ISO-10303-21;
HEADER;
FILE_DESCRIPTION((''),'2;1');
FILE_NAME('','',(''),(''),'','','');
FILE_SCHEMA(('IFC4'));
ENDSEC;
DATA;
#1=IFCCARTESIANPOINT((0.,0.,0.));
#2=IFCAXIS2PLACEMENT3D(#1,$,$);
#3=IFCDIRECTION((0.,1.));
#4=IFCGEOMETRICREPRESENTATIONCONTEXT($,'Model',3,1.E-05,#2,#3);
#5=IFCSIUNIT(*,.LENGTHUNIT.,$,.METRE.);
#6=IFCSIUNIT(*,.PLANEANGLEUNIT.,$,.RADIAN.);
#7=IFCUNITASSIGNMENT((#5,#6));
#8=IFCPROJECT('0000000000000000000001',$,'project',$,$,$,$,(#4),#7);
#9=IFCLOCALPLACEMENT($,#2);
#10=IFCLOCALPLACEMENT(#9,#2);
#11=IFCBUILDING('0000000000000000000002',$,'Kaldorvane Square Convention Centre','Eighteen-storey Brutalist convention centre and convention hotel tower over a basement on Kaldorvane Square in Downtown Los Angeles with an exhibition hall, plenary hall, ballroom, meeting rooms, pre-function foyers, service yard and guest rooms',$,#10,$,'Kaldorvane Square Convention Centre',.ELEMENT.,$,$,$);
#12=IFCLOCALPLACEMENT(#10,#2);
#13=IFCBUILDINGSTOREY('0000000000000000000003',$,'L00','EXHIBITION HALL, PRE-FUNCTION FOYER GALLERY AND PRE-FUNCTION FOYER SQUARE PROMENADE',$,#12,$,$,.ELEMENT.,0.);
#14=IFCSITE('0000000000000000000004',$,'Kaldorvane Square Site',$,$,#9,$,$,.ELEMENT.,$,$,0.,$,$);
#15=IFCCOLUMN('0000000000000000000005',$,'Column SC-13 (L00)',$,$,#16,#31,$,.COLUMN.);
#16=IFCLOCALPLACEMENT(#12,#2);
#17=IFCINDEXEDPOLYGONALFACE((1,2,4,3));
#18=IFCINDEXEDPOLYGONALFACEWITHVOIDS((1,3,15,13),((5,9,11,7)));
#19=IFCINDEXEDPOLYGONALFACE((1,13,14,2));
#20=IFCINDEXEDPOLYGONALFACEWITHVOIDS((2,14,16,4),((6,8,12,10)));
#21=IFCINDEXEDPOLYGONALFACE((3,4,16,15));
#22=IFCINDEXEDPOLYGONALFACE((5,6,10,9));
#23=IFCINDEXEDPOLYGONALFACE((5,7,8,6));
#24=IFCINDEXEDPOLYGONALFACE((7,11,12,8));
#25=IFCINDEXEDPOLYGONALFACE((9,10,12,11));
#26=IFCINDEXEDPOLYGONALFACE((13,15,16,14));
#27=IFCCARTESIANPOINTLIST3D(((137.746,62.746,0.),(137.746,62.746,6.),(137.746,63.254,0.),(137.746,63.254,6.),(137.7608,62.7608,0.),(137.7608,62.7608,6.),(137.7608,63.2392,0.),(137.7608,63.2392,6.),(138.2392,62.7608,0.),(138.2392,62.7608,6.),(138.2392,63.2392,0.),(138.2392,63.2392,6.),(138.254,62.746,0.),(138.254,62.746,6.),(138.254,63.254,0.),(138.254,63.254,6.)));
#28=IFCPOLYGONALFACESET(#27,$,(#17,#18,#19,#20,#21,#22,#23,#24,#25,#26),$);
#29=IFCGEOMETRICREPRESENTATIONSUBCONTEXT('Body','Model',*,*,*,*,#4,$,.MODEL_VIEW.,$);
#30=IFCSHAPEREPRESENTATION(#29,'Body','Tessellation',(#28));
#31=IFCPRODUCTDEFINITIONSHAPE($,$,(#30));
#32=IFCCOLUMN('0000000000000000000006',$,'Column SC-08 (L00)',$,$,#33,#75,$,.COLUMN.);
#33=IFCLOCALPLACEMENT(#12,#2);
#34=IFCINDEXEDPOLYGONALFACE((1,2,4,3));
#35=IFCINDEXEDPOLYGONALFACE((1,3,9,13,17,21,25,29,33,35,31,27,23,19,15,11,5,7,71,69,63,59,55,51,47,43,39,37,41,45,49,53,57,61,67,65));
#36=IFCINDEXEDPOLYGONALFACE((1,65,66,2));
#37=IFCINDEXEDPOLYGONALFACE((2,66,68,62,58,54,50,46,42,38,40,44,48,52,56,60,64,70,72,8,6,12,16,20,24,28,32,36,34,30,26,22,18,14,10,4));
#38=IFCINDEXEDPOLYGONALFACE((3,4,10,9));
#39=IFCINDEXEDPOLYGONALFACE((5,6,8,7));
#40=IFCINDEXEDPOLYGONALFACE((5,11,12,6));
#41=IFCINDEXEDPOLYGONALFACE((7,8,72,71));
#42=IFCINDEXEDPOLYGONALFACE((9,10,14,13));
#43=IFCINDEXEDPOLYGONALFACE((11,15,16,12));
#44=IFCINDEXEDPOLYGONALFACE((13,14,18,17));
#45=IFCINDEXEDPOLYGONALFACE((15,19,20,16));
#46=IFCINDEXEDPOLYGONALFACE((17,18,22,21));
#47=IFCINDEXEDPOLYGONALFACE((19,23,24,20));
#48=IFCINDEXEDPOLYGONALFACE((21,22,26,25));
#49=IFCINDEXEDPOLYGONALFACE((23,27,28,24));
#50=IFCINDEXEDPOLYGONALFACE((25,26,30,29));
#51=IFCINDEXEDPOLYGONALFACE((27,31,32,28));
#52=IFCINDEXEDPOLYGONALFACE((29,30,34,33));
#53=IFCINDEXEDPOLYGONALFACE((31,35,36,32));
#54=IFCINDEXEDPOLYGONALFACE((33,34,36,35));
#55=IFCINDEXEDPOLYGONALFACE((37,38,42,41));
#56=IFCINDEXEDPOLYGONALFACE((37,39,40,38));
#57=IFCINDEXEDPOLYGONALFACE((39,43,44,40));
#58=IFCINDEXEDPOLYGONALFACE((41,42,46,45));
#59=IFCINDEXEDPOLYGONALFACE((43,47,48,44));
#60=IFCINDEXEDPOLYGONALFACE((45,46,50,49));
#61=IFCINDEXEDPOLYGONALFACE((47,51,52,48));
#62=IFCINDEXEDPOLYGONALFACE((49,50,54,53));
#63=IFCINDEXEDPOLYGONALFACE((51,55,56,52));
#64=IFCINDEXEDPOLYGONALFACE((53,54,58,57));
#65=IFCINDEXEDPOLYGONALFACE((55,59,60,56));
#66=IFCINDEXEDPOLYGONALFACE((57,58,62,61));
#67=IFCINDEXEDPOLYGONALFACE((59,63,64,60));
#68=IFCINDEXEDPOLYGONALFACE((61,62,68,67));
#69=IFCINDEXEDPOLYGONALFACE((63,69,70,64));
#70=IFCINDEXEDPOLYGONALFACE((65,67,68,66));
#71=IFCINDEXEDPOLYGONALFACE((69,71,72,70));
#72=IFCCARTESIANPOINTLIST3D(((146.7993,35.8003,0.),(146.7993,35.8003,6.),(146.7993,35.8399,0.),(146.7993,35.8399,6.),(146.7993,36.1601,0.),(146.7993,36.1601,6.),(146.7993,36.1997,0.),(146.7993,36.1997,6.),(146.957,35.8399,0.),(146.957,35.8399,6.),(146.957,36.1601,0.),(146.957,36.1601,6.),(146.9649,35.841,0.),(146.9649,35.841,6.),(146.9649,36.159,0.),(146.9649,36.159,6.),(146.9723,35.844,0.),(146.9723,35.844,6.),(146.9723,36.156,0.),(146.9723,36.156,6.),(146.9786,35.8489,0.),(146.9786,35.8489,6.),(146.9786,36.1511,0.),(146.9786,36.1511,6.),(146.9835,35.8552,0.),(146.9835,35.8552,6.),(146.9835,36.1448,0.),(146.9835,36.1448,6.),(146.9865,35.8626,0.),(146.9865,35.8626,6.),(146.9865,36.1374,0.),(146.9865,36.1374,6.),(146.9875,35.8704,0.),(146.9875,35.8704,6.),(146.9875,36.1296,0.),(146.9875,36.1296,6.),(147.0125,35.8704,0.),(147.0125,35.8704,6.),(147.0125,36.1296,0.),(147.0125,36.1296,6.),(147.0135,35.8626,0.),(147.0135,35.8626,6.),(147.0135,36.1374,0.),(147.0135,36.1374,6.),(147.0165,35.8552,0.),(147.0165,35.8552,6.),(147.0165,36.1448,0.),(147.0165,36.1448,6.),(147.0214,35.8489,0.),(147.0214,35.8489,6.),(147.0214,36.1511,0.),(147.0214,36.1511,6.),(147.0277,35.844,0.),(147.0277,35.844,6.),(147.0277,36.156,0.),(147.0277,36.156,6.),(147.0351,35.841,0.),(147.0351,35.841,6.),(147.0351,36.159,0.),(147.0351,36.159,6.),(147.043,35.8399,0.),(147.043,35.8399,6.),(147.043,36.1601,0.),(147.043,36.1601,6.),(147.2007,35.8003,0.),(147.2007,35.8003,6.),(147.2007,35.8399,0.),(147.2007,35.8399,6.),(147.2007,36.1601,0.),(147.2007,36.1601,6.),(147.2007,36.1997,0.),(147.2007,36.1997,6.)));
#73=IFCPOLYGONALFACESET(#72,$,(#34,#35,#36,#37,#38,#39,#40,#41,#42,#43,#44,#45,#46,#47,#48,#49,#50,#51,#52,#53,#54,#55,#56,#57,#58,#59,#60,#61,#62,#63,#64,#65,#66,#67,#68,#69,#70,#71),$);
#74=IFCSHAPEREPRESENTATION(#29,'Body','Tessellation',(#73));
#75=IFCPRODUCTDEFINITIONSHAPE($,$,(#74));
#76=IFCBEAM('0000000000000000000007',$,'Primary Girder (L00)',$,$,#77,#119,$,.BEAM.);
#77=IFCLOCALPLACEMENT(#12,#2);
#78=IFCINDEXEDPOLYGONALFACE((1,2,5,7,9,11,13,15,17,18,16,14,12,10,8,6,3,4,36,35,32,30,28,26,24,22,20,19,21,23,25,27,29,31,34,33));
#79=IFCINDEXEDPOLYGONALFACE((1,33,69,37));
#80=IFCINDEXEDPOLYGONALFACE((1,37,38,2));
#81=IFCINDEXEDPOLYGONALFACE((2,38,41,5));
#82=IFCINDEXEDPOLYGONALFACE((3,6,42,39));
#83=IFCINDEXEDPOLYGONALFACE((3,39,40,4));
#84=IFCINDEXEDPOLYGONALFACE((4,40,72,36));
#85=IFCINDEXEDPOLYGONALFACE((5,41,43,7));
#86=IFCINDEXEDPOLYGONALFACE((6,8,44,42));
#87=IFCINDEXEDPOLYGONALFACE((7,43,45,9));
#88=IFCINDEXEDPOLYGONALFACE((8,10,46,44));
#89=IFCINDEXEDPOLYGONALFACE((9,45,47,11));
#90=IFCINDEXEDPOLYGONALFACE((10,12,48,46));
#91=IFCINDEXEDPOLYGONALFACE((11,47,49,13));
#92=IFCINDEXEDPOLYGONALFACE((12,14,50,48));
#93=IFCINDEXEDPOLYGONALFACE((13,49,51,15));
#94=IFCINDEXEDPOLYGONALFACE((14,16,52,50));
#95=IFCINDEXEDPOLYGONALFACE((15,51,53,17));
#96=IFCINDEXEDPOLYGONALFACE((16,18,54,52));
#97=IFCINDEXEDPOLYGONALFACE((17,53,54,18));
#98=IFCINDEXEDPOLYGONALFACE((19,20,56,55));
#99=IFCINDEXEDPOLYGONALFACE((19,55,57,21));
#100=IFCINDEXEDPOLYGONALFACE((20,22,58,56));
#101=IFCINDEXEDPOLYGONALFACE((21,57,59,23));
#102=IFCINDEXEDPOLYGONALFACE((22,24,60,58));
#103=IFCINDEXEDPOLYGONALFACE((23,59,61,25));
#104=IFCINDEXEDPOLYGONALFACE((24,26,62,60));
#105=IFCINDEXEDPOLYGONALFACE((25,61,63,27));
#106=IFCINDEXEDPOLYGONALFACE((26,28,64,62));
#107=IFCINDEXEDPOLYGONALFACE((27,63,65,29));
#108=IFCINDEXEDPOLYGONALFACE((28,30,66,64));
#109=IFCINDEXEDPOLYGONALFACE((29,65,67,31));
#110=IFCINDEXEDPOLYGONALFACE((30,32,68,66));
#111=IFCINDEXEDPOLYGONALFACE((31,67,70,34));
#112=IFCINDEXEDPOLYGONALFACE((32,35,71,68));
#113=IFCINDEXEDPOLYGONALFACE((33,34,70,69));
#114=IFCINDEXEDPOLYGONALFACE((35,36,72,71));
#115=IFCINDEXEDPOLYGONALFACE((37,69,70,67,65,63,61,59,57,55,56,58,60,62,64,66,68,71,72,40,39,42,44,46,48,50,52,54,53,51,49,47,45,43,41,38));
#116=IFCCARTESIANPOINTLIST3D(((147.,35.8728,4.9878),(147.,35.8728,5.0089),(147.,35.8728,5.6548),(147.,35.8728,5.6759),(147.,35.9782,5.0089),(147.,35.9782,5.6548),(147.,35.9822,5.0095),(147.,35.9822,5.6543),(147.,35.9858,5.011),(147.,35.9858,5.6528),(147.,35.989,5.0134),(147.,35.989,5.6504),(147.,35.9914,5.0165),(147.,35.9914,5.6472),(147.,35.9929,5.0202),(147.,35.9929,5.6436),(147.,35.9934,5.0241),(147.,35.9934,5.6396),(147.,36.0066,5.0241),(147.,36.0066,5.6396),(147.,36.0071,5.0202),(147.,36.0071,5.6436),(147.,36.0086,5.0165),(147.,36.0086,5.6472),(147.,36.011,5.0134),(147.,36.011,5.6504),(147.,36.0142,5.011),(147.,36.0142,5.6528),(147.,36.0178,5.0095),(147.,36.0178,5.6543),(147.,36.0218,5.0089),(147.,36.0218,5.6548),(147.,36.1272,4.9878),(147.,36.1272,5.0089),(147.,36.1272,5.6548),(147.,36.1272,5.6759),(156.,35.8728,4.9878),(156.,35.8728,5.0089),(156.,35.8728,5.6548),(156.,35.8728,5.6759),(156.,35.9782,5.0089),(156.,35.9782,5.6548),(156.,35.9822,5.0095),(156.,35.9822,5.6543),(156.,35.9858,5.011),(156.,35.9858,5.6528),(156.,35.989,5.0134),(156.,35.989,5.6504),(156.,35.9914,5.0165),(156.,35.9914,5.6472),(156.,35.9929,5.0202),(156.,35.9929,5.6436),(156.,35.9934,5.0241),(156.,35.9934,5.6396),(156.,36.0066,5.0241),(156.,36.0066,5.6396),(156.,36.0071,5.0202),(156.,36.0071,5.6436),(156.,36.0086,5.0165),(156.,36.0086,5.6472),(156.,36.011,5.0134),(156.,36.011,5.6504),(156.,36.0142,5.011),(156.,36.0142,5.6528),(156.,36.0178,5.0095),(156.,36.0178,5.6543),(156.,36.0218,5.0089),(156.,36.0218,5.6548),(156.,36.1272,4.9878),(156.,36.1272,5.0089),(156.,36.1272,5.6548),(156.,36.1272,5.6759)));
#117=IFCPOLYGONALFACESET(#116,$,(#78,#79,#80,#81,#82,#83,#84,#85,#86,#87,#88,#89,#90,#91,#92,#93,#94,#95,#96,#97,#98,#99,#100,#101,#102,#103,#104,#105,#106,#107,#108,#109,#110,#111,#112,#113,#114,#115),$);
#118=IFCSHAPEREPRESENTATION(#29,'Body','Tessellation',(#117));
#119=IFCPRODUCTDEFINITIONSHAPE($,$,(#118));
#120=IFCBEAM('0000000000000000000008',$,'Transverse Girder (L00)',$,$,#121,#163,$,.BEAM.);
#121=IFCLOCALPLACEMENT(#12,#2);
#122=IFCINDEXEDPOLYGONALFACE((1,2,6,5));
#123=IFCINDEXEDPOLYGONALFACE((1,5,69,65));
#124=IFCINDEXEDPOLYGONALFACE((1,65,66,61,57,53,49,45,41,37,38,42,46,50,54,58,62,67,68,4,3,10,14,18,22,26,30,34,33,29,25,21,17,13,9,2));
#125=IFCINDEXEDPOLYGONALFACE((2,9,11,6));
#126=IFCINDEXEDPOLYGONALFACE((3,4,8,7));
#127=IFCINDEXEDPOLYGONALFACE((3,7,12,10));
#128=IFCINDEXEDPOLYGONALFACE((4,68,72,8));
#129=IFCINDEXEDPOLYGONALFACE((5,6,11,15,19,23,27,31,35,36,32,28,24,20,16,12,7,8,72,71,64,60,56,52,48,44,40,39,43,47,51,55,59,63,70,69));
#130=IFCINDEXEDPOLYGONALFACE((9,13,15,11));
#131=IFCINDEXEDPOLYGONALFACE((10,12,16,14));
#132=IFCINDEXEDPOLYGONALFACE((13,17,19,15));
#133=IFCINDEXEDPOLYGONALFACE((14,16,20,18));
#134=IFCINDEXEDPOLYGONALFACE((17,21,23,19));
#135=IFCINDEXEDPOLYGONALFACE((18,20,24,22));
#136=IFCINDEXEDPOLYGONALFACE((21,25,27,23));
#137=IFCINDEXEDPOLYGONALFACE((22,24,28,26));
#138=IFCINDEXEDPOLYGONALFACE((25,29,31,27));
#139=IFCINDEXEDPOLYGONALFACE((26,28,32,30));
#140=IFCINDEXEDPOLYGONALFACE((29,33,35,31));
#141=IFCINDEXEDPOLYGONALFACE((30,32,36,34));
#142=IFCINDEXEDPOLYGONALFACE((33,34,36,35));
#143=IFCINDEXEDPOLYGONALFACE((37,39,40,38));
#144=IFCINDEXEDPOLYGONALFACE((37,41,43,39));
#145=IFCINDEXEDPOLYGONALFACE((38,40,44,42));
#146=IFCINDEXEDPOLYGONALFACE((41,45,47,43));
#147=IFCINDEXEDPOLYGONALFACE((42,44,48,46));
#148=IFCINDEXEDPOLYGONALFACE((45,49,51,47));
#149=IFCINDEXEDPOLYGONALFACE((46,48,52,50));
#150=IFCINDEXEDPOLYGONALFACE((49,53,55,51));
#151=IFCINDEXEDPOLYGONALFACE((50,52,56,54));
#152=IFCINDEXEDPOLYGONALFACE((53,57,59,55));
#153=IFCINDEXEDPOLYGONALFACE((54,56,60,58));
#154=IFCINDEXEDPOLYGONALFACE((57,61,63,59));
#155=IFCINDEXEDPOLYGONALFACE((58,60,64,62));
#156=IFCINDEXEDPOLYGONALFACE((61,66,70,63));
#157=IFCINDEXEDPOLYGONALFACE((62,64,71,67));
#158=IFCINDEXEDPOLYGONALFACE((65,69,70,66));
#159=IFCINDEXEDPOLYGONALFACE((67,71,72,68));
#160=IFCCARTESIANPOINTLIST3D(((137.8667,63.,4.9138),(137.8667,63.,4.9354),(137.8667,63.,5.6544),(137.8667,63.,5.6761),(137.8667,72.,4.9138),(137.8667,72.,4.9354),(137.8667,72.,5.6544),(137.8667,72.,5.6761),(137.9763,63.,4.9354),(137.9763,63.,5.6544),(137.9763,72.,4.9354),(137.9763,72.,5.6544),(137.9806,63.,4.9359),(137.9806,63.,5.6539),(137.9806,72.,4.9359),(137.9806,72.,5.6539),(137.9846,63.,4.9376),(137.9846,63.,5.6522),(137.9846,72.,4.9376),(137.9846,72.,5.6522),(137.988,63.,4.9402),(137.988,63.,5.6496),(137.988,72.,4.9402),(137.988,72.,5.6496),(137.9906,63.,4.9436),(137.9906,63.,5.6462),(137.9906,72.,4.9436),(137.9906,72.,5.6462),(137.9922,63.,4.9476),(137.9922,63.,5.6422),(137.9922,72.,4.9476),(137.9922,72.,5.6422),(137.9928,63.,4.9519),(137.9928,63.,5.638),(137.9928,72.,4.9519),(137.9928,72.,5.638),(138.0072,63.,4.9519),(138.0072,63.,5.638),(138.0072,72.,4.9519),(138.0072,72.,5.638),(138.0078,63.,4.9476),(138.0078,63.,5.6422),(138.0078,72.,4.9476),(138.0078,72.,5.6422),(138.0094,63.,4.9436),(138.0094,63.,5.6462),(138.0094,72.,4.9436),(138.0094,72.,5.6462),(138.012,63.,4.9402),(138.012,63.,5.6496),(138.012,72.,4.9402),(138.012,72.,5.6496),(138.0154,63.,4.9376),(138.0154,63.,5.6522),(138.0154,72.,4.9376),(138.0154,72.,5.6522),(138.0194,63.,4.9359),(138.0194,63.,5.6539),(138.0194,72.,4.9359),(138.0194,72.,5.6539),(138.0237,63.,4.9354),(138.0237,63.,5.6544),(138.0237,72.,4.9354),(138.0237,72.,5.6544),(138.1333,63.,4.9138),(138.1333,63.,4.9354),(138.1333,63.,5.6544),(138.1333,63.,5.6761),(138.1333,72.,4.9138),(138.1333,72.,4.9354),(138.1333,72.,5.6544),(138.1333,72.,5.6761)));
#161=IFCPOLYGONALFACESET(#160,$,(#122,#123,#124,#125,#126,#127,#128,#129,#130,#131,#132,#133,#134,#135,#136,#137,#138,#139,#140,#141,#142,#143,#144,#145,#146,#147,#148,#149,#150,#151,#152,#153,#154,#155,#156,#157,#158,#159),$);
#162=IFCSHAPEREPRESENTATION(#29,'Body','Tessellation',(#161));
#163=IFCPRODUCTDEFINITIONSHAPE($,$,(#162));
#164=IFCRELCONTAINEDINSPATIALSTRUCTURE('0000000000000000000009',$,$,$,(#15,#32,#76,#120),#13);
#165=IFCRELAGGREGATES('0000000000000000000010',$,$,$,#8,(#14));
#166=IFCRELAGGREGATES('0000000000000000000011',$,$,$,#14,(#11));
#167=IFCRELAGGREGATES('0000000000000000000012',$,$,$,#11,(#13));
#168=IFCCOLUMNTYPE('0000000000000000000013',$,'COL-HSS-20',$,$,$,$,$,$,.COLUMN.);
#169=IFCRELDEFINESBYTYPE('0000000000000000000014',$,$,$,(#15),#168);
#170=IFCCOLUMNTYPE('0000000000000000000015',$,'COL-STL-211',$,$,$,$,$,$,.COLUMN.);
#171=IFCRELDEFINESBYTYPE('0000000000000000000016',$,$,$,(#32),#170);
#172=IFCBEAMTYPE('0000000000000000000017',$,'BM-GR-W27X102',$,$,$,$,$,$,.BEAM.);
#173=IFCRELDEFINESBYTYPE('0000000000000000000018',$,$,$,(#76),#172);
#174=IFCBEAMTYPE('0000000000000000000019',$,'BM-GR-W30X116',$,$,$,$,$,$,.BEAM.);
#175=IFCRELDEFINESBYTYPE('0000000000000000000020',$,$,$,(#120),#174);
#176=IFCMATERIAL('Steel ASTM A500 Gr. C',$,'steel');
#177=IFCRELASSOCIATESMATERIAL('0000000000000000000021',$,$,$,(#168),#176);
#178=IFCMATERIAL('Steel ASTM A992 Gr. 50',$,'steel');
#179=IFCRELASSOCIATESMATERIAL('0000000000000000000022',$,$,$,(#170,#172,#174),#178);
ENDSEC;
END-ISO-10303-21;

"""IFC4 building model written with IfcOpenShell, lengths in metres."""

from ifc_helpers import new_model, si_unit, direction, frame, origin, origin_2d, place, context, subcontext, project, spatial, hollow_rectangle, i_section, extrude, material, material_profile, profile_set, type_object, element, save


model = new_model("IFC4")

# Units and contexts
model_context = context("Model", 3, precision=1e-05, world=origin(), true_north=direction((0.0, 1.0)))
body_context = subcontext(model_context, "Body", "Model", "MODEL_VIEW")
ifc_project = project(units=[si_unit("LENGTHUNIT", "METRE"), si_unit("PLANEANGLEUNIT", "RADIAN")], contexts=[model_context])

# Site, building, storey
site_placement = place(None, origin())
site = spatial("IfcSite", under=ifc_project, at=site_placement, Name="Kaldorvane Square Site", CompositionType="ELEMENT", RefElevation=0.0)
building_placement = place(site_placement, origin())
building = spatial("IfcBuilding", under=site, at=building_placement, Name="Kaldorvane Square Convention Centre", Description="Eighteen-storey Brutalist convention centre and convention hotel tower over a basement on Kaldorvane Square in Downtown Los Angeles with an exhibition hall, plenary hall, ballroom, meeting rooms, pre-function foyers, service yard and guest rooms", LongName="Kaldorvane Square Convention Centre", CompositionType="ELEMENT")
storey_placement = place(building_placement, origin())
storey = spatial("IfcBuildingStorey", under=building, at=storey_placement, Name="L00", Description="EXHIBITION HALL, PRE-FUNCTION FOYER GALLERY AND PRE-FUNCTION FOYER SQUARE PROMENADE", CompositionType="ELEMENT", Elevation=0.0)

# Columns
ifc_material_1 = material(Name="Steel ASTM A500 Gr. C", Category="steel")
ifc_material_profile_1 = material_profile(ifc_material_1, hollow_rectangle(XDim=0.508, YDim=0.508, WallThickness=0.0148, at=origin_2d()), Name="HSS20X20X5/8")
ifc_profile_set_1 = profile_set([ifc_material_profile_1], Name="Steel ASTM A500 Gr. C")
column_type_1 = type_object("IfcColumnType", Name="COL-HSS-20", PredefinedType="COLUMN", material=ifc_profile_set_1)
column_1_placement = place(storey_placement, frame((138.0, 63.0, 0.0), z_axis=(0.0, 0.0, 1.0), x_axis=(1.0, 0.0, 0.0)))
element("IfcColumn", 1, at=column_1_placement, inside=storey, type_object=column_type_1, Name="Column SC-13 (L00)", PredefinedType="COLUMN", context=body_context, shape_type="SweptSolid", body=[
    extrude(hollow_rectangle(XDim=0.508, YDim=0.508, WallThickness=0.0148, at=origin_2d()), origin(), (0.0, 0.0, 1.0), 6.0),
])
ifc_material_2 = material(Name="Steel ASTM A992 Gr. 50", Category="steel")
ifc_material_profile_2 = material_profile(ifc_material_2, i_section(OverallWidth=0.4013, OverallDepth=0.3993, WebThickness=0.0249, FlangeThickness=0.0396, FilletRadius=0.0305, at=origin_2d()), Name="W14X211")
ifc_profile_set_2 = profile_set([ifc_material_profile_2], Name="Steel ASTM A992 Gr. 50")
column_type_2 = type_object("IfcColumnType", Name="COL-STL-211", PredefinedType="COLUMN", material=ifc_profile_set_2)
column_2_placement = place(storey_placement, frame((147.0, 36.0, 0.0), z_axis=(0.0, 0.0, 1.0), x_axis=(1.0, 0.0, 0.0)))
element("IfcColumn", 2, at=column_2_placement, inside=storey, type_object=column_type_2, Name="Column SC-08 (L00)", PredefinedType="COLUMN", context=body_context, shape_type="SweptSolid", body=[
    extrude(i_section(OverallWidth=0.4013, OverallDepth=0.3993, WebThickness=0.0249, FlangeThickness=0.0396, FilletRadius=0.0305, at=origin_2d()), origin(), (0.0, 0.0, 1.0), 6.0),
])

# Beams
ifc_material_profile_3 = material_profile(ifc_material_2, i_section(OverallWidth=0.2544, OverallDepth=0.6881, WebThickness=0.0131, FlangeThickness=0.0211, FilletRadius=0.0152, at=origin_2d()), Name="W27X102")
ifc_profile_set_3 = profile_set([ifc_material_profile_3], Name="Steel ASTM A992 Gr. 50")
beam_type_1 = type_object("IfcBeamType", Name="BM-GR-W27X102", PredefinedType="BEAM", material=ifc_profile_set_3)
beam_1_placement = place(storey_placement, frame((147.0, 36.0, 5.3319), z_axis=(1.0, 0.0, 0.0), x_axis=(0.0, 1.0, 0.0)))
element("IfcBeam", 3, at=beam_1_placement, inside=storey, type_object=beam_type_1, Name="Primary Girder (L00)", PredefinedType="BEAM", context=body_context, shape_type="SweptSolid", body=[
    extrude(i_section(OverallWidth=0.2544, OverallDepth=0.6881, WebThickness=0.0131, FlangeThickness=0.0211, FilletRadius=0.0152, at=origin_2d()), origin(), (0.0, 0.0, 1.0), 9.0),
])
ifc_material_profile_4 = material_profile(ifc_material_2, i_section(OverallWidth=0.2666, OverallDepth=0.7623, WebThickness=0.0144, FlangeThickness=0.0216, FilletRadius=0.0165, at=origin_2d()), Name="W30X116")
ifc_profile_set_4 = profile_set([ifc_material_profile_4], Name="Steel ASTM A992 Gr. 50")
beam_type_2 = type_object("IfcBeamType", Name="BM-GR-W30X116", PredefinedType="BEAM", material=ifc_profile_set_4)
beam_2_placement = place(storey_placement, frame((138.0, 63.0, 5.2949), z_axis=(0.0, 1.0, 0.0), x_axis=(-1.0, 0.0, 0.0)))
element("IfcBeam", 4, at=beam_2_placement, inside=storey, type_object=beam_type_2, Name="Transverse Girder (L00)", PredefinedType="BEAM", context=body_context, shape_type="SweptSolid", body=[
    extrude(i_section(OverallWidth=0.2666, OverallDepth=0.7623, WebThickness=0.0144, FlangeThickness=0.0216, FilletRadius=0.0165, at=origin_2d()), origin(), (0.0, 0.0, 1.0), 9.0),
])

save(model, "model.ifc")
